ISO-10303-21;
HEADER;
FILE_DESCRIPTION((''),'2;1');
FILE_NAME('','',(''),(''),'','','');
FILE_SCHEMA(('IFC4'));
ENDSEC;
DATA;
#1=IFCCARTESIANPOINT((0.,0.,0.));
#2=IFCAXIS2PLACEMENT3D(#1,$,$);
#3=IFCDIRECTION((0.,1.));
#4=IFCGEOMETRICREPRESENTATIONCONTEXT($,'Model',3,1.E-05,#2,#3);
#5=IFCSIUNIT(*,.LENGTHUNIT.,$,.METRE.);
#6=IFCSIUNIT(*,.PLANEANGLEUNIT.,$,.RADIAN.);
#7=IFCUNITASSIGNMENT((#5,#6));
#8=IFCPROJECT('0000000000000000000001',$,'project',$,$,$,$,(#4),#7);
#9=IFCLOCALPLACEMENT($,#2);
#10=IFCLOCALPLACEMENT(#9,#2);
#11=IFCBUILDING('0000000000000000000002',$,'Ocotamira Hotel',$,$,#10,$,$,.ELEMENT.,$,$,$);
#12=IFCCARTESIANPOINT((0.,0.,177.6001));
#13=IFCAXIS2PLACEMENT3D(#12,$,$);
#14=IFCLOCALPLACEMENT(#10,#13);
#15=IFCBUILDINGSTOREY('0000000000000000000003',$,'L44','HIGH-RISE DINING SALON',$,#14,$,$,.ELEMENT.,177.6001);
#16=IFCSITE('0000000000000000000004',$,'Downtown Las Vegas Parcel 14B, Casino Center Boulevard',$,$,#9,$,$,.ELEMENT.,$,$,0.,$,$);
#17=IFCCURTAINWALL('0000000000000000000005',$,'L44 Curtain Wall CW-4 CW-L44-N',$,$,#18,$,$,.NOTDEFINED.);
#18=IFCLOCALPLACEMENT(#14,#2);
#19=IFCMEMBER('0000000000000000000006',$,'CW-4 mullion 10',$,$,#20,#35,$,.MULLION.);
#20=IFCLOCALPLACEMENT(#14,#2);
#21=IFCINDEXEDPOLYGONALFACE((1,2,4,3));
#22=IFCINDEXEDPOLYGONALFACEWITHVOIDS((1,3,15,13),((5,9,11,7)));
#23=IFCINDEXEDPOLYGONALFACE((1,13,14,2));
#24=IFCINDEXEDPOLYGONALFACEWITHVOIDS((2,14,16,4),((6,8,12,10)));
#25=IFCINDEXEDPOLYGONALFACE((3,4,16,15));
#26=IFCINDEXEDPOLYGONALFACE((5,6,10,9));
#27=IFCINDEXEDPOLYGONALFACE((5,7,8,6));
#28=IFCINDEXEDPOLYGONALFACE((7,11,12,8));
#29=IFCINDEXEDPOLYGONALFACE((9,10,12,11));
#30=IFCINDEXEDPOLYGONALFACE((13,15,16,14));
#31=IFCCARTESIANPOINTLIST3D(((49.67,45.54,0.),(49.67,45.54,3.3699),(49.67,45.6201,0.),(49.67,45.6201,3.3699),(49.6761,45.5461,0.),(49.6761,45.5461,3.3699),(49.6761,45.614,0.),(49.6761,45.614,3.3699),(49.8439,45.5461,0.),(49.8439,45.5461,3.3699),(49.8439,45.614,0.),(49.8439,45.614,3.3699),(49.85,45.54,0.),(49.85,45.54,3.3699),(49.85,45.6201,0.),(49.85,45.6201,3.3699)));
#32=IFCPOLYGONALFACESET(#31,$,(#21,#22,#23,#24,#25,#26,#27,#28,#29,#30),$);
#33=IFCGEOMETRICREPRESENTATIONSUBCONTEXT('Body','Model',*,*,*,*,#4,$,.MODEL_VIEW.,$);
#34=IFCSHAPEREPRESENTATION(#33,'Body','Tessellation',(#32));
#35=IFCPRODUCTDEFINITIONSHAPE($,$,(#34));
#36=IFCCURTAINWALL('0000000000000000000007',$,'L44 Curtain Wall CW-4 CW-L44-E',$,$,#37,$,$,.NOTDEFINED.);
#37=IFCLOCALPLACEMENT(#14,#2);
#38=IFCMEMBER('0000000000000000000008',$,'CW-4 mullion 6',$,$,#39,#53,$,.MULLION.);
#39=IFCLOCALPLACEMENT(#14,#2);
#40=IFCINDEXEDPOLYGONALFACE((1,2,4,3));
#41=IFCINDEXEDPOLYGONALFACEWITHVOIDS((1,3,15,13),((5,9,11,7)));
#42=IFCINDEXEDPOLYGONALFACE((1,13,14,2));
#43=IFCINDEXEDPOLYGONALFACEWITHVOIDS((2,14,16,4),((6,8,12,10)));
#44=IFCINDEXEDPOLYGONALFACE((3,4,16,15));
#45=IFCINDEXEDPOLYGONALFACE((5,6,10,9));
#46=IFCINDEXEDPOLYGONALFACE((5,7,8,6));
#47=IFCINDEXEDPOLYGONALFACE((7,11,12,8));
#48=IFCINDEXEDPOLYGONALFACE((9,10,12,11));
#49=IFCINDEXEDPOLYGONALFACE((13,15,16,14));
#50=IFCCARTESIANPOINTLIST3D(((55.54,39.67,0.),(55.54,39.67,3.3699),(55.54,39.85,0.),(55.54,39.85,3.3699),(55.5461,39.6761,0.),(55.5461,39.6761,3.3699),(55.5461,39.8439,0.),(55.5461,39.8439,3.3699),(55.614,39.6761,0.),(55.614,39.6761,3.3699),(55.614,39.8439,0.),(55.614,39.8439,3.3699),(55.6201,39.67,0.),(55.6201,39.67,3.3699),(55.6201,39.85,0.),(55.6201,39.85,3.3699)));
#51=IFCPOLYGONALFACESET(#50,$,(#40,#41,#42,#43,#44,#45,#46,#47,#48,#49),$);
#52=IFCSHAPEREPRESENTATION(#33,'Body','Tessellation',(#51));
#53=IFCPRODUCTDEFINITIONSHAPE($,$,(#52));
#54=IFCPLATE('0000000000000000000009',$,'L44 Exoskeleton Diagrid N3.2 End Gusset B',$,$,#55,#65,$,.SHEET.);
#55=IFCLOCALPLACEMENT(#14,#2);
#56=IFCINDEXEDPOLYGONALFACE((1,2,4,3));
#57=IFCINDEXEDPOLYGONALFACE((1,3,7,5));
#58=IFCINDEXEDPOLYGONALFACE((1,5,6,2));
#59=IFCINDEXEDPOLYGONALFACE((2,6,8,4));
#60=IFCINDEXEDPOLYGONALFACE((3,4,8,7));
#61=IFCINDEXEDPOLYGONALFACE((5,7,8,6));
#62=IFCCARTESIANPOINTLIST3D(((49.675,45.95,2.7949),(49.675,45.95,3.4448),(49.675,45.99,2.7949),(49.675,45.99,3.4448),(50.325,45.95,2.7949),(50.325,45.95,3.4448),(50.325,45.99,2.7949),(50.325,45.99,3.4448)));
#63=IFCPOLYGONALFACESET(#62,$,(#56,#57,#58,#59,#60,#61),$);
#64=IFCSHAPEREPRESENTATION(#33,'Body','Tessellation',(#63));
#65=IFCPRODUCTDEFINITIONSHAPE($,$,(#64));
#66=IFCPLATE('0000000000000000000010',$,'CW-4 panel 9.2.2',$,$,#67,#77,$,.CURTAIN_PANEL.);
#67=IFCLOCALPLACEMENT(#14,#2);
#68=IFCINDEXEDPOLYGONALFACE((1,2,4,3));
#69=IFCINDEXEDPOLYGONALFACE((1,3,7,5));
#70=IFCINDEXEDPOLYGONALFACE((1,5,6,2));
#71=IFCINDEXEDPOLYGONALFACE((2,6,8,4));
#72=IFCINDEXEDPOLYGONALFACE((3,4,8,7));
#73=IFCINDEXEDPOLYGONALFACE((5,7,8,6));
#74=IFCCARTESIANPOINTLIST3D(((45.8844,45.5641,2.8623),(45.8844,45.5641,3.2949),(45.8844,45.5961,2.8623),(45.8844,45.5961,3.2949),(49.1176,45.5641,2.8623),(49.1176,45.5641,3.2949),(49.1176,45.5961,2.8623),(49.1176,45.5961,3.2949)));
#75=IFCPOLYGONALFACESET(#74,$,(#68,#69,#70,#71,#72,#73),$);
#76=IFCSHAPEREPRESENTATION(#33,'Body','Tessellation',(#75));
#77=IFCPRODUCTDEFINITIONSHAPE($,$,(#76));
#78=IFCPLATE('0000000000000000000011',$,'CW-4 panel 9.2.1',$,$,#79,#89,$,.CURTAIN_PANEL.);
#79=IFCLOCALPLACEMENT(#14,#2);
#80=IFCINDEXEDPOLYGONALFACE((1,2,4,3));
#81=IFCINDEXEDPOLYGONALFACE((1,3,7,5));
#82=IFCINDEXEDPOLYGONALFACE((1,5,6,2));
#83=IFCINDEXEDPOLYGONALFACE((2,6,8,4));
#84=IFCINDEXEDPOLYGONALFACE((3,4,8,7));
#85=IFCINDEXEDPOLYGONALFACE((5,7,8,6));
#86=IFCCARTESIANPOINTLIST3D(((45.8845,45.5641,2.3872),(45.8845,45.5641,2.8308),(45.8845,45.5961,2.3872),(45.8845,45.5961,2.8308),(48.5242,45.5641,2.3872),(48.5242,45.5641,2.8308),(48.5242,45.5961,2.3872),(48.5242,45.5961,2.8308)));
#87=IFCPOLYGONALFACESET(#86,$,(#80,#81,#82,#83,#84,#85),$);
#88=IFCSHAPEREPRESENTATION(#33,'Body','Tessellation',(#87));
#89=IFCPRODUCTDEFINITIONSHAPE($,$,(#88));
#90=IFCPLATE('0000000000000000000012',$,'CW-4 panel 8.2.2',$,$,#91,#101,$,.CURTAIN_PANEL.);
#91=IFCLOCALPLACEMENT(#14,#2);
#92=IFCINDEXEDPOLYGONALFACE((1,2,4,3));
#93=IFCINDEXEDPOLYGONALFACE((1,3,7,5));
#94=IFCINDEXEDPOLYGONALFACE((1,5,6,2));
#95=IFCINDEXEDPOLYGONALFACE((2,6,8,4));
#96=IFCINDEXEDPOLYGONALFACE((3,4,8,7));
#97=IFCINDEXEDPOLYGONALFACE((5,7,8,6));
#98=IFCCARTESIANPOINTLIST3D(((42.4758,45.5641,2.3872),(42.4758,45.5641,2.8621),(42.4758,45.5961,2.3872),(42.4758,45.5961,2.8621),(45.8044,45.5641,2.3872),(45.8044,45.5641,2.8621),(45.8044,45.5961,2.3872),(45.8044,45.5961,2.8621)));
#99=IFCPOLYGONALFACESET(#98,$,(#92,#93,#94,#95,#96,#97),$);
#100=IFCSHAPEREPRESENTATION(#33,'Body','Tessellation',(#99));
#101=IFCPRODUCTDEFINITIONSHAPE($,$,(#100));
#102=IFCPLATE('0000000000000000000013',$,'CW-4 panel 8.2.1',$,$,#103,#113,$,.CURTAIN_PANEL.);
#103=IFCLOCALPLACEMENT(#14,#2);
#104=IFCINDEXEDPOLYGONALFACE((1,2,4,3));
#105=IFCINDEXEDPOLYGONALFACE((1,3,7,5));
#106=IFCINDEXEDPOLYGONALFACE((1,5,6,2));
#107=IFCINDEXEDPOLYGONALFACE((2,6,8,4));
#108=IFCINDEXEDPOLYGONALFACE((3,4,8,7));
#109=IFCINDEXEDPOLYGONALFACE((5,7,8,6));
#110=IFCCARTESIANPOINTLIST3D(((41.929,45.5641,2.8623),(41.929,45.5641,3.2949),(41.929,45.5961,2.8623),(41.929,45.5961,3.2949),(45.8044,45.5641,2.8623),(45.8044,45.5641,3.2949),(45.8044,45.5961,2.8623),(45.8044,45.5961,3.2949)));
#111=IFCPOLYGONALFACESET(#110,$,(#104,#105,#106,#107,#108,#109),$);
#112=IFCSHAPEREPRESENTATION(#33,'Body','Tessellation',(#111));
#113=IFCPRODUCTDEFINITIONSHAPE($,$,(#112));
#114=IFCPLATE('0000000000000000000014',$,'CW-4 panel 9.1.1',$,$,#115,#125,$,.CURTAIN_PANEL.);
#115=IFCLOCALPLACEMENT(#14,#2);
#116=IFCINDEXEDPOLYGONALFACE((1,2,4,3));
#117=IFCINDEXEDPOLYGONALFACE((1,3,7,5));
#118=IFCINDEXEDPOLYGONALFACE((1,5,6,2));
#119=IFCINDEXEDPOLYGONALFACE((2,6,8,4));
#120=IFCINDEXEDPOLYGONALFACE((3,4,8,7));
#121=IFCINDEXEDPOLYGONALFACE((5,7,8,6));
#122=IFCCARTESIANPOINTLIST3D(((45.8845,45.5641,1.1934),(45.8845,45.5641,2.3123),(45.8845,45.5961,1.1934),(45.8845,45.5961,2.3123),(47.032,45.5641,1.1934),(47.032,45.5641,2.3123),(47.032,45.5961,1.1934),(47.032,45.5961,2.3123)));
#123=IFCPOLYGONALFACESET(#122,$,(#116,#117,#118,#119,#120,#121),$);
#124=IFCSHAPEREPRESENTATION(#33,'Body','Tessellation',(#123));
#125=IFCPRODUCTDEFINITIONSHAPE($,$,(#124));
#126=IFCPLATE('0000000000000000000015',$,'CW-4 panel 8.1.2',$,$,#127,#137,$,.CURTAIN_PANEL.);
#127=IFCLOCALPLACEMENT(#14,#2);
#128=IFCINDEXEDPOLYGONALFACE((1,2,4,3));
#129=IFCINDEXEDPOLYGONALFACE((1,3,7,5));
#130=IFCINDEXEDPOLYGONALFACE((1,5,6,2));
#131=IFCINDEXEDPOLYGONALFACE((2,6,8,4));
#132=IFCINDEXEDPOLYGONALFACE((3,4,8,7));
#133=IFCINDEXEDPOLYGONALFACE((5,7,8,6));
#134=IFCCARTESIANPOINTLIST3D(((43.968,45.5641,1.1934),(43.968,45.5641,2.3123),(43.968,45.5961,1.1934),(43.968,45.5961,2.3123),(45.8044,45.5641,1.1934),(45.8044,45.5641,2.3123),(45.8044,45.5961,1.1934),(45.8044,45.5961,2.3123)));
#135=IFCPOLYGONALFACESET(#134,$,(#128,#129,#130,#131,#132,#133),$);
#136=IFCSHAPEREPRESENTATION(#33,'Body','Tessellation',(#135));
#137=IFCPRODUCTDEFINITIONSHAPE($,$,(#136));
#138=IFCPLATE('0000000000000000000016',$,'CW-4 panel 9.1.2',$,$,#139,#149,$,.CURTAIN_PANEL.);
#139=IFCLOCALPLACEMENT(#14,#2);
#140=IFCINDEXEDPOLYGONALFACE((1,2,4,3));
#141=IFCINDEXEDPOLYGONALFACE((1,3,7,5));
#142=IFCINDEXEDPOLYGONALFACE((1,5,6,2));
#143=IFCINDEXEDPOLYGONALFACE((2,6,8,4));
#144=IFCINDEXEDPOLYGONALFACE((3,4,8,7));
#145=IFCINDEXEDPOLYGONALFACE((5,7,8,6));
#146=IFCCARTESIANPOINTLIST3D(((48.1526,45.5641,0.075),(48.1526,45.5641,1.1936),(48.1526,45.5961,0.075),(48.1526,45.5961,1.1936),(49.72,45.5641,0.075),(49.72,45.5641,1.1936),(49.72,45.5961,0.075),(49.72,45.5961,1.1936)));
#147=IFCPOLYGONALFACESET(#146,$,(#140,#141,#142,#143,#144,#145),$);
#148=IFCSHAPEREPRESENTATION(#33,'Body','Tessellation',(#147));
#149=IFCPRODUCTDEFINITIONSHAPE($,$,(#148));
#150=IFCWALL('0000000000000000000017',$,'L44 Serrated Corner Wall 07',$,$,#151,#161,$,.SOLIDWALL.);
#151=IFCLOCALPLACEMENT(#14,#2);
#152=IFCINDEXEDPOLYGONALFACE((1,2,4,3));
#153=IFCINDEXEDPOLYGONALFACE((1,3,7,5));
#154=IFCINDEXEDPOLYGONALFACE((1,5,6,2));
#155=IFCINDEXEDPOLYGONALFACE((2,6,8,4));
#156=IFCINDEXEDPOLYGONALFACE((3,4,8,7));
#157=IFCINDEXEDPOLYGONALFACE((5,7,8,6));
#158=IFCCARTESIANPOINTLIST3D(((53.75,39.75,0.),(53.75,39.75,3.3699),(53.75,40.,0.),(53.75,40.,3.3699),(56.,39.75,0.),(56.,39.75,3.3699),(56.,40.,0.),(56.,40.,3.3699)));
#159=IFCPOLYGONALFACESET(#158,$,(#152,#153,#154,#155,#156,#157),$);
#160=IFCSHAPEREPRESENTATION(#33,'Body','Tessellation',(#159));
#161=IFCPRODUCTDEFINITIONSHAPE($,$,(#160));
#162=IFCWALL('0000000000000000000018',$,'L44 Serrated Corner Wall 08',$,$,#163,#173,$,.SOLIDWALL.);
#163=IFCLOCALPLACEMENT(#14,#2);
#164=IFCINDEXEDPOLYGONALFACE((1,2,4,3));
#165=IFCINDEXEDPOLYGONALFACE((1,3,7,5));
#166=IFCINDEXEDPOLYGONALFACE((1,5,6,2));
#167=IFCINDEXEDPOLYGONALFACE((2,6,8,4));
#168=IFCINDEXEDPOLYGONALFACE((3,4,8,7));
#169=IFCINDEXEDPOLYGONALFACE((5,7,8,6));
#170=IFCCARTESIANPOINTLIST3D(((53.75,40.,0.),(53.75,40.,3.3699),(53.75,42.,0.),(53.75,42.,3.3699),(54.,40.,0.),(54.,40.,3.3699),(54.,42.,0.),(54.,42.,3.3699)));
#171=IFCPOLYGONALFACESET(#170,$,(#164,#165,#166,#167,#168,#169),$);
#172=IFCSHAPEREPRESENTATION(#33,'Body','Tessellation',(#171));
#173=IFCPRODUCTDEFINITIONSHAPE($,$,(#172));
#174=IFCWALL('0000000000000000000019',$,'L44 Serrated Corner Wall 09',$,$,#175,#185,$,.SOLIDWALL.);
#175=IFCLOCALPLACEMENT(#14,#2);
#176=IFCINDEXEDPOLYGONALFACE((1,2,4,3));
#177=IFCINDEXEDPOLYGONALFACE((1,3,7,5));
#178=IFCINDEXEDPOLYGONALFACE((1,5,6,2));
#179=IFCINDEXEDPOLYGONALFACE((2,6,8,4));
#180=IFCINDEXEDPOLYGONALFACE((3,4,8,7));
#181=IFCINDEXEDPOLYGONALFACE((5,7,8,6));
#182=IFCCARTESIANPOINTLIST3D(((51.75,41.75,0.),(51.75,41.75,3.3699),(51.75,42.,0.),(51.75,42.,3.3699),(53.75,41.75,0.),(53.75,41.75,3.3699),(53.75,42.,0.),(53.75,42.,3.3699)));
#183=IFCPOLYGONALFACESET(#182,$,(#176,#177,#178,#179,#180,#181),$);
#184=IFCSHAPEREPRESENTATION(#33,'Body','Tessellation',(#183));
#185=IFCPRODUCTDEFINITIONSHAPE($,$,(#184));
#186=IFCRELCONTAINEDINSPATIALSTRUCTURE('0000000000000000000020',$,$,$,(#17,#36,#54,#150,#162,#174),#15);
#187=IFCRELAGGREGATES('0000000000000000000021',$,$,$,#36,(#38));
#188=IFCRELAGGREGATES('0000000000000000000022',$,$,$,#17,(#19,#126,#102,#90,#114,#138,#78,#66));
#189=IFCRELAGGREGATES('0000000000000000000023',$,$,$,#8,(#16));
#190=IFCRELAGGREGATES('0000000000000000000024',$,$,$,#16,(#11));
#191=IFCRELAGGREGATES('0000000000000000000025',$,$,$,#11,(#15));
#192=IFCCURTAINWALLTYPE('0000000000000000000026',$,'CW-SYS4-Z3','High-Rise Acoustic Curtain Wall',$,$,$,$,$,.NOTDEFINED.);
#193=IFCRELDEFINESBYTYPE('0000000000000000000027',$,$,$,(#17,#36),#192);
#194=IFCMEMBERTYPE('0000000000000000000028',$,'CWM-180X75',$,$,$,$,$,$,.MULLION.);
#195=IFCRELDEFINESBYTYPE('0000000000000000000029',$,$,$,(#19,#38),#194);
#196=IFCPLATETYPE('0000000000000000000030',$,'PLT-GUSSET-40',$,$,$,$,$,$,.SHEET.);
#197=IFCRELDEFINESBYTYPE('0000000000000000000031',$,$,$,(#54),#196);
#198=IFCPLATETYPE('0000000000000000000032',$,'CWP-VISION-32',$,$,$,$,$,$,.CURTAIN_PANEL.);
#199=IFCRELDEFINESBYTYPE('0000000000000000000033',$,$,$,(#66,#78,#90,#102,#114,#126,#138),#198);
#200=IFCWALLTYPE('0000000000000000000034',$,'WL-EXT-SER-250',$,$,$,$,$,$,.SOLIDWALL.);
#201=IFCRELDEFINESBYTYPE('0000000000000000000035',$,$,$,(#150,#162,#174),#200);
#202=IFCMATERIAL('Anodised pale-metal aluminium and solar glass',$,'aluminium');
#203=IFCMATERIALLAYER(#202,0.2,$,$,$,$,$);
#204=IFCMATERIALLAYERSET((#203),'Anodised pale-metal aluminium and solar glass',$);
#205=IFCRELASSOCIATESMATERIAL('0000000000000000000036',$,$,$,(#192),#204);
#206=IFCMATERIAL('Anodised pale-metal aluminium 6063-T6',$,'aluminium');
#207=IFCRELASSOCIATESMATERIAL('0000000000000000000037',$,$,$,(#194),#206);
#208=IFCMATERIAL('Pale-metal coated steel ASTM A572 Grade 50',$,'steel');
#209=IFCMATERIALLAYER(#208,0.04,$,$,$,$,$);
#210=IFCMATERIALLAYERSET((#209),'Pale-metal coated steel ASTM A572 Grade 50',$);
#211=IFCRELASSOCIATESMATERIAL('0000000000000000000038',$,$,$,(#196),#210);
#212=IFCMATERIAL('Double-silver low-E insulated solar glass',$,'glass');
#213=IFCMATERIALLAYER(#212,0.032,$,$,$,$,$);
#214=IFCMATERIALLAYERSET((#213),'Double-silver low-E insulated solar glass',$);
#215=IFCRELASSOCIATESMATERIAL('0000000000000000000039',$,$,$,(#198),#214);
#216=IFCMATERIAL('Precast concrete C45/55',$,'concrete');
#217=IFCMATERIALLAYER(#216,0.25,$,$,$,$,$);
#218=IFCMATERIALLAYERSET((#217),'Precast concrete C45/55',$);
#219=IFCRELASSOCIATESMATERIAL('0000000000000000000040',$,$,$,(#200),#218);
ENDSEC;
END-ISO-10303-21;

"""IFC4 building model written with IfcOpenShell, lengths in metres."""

from ifc_helpers import new_model, si_unit, direction, frame, frame_2d, origin, origin_2d, place, context, subcontext, project, spatial, rectangle, hollow_rectangle, extrude, source, transform, mapped, material, layer, layer_set, material_profile, profile_set, type_object, element, aggregate, save


model = new_model("IFC4")

# Units and contexts
model_context = context("Model", 3, precision=1e-05, world=origin(), true_north=direction((0.0, 1.0)))
body_context = subcontext(model_context, "Body", "Model", "MODEL_VIEW")
ifc_project = project(units=[si_unit("LENGTHUNIT", "METRE"), si_unit("PLANEANGLEUNIT", "RADIAN")], contexts=[model_context])

# Site, building, storey
site_placement = place(None, origin())
site = spatial("IfcSite", under=ifc_project, at=site_placement, Name="Downtown Las Vegas Parcel 14B, Casino Center Boulevard", CompositionType="ELEMENT", RefElevation=0.0)
building_placement = place(site_placement, origin())
building = spatial("IfcBuilding", under=site, at=building_placement, Name="Ocotamira Hotel", CompositionType="ELEMENT")
storey_placement = place(building_placement, frame((0.0, 0.0, 177.6001)))
storey = spatial("IfcBuildingStorey", under=building, at=storey_placement, Name="L44", Description="HIGH-RISE DINING SALON", CompositionType="ELEMENT", Elevation=177.6001)

# Curtain wall, member
ifc_material_1 = material(Name="Anodised pale-metal aluminium and solar glass", Category="aluminium")
ifc_layer_1 = layer(ifc_material_1, 0.2)
ifc_layer_set_1 = layer_set([ifc_layer_1], Name="Anodised pale-metal aluminium and solar glass")
curtain_wall_type = type_object("IfcCurtainWallType", Name="CW-SYS4-Z3", Description="High-Rise Acoustic Curtain Wall", PredefinedType="NOTDEFINED", material=ifc_layer_set_1)
curtain_wall_1_placement = place(storey_placement, origin())
curtain_wall_1 = element("IfcCurtainWall", 1, at=curtain_wall_1_placement, inside=storey, type_object=curtain_wall_type, Name="L44 Curtain Wall CW-4 CW-L44-N", PredefinedType="NOTDEFINED")
ifc_material_2 = material(Name="Anodised pale-metal aluminium 6063-T6", Category="aluminium")
ifc_material_profile_1 = material_profile(ifc_material_2, hollow_rectangle(XDim=0.0801, YDim=0.1799, WallThickness=0.0061, at=origin_2d()), Name="HSS180X80X6")
ifc_profile_set_1 = profile_set([ifc_material_profile_1], Name="Anodised pale-metal aluminium 6063-T6")
member_type_1 = type_object("IfcMemberType", Name="CWM-180X75", PredefinedType="MULLION", material=ifc_profile_set_1)
shared_shape_1 = source(origin(), body_context, "Body", "SweptSolid", [
    extrude(hollow_rectangle(XDim=0.0801, YDim=0.1799, WallThickness=0.0061, at=origin_2d()), origin(), (0.0, 0.0, 1.0), 3.3699),
])
member_1_placement = place(storey_placement, frame((49.76, 45.5801, 0.0), z_axis=(0.0, 0.0, 1.0), x_axis=(0.0, 1.0, 0.0)))
member_1 = element("IfcMember", 2, at=member_1_placement, type_object=member_type_1, Name="CW-4 mullion 10", PredefinedType="MULLION", context=body_context, shape_type="MappedRepresentation", body=[
    mapped(shared_shape_1, transform((0.0, 0.0, 0.0), scale=1.0)),
])

# Curtain wall, member
curtain_wall_2_placement = place(storey_placement, origin())
curtain_wall_2 = element("IfcCurtainWall", 3, at=curtain_wall_2_placement, inside=storey, type_object=curtain_wall_type, Name="L44 Curtain Wall CW-4 CW-L44-E", PredefinedType="NOTDEFINED")
member_2_placement = place(storey_placement, frame((55.5801, 39.76, 0.0), z_axis=(0.0, 0.0, 1.0), x_axis=(-1.0, 0.0, 0.0)))
member_2 = element("IfcMember", 4, at=member_2_placement, type_object=member_type_1, Name="CW-4 mullion 6", PredefinedType="MULLION", context=body_context, shape_type="MappedRepresentation", body=[
    mapped(shared_shape_1, transform((0.0, 0.0, 0.0), scale=1.0)),
])
aggregate(curtain_wall_2, [member_2])

# Plates
ifc_material_3 = material(Name="Pale-metal coated steel ASTM A572 Grade 50", Category="steel")
ifc_layer_2 = layer(ifc_material_3, 0.04)
ifc_layer_set_2 = layer_set([ifc_layer_2], Name="Pale-metal coated steel ASTM A572 Grade 50")
plate_type_1 = type_object("IfcPlateType", Name="PLT-GUSSET-40", PredefinedType="SHEET", material=ifc_layer_set_2)
shared_shape_2 = source(origin(), body_context, "Body", "SweptSolid", [
    extrude(rectangle(XDim=0.6499, YDim=0.04, at=origin_2d()), origin(), (0.0, 0.0, 1.0), 0.6499),
])
plate_1_placement = place(storey_placement, frame((50.0, 45.97, 2.7949), z_axis=(0.0, 0.0, 1.0), x_axis=(1.0, 0.0, 0.0)))
element("IfcPlate", 5, at=plate_1_placement, inside=storey, type_object=plate_type_1, Name="L44 Exoskeleton Diagrid N3.2 End Gusset B", PredefinedType="SHEET", context=body_context, shape_type="MappedRepresentation", body=[
    mapped(shared_shape_2, transform((0.0, 0.0, 0.0), scale=1.0)),
])
ifc_material_4 = material(Name="Double-silver low-E insulated solar glass", Category="glass")
ifc_layer_3 = layer(ifc_material_4, 0.032)
ifc_layer_set_3 = layer_set([ifc_layer_3], Name="Double-silver low-E insulated solar glass")
plate_type_2 = type_object("IfcPlateType", Name="CWP-VISION-32", PredefinedType="CURTAIN_PANEL", material=ifc_layer_set_3)
shared_shape_3 = source(origin(), body_context, "Body", "SweptSolid", [
    extrude(rectangle(XDim=3.2332, YDim=0.032, at=origin_2d()), origin(), (0.0, 0.0, 1.0), 0.4326),
])
plate_2_placement = place(storey_placement, frame((47.501, 45.5801, 2.8623), z_axis=(0.0, 0.0, 1.0), x_axis=(1.0, 0.0, 0.0)))
plate_2 = element("IfcPlate", 6, at=plate_2_placement, type_object=plate_type_2, Name="CW-4 panel 9.2.2", PredefinedType="CURTAIN_PANEL", context=body_context, shape_type="MappedRepresentation", body=[
    mapped(shared_shape_3, transform((0.0, 0.0, 0.0), scale=1.0)),
])
shared_shape_4 = source(origin(), body_context, "Body", "SweptSolid", [
    extrude(rectangle(XDim=2.6396, YDim=0.032, at=origin_2d()), origin(), (0.0, 0.0, 1.0), 0.4436),
])
plate_3_placement = place(storey_placement, frame((47.2043, 45.5801, 2.3872), z_axis=(0.0, 0.0, 1.0), x_axis=(1.0, 0.0, 0.0)))
plate_3 = element("IfcPlate", 7, at=plate_3_placement, type_object=plate_type_2, Name="CW-4 panel 9.2.1", PredefinedType="CURTAIN_PANEL", context=body_context, shape_type="MappedRepresentation", body=[
    mapped(shared_shape_4, transform((0.0, 0.0, 0.0), scale=1.0)),
])
shared_shape_5 = source(origin(), body_context, "Body", "SweptSolid", [
    extrude(rectangle(XDim=3.3286, YDim=0.032, at=origin_2d()), origin(), (0.0, 0.0, 1.0), 0.4749),
])
plate_4_placement = place(storey_placement, frame((44.1401, 45.5801, 2.3872), z_axis=(0.0, 0.0, 1.0), x_axis=(1.0, 0.0, 0.0)))
plate_4 = element("IfcPlate", 8, at=plate_4_placement, type_object=plate_type_2, Name="CW-4 panel 8.2.2", PredefinedType="CURTAIN_PANEL", context=body_context, shape_type="MappedRepresentation", body=[
    mapped(shared_shape_5, transform((0.0, 0.0, 0.0), scale=1.0)),
])
shared_shape_6 = source(origin(), body_context, "Body", "SweptSolid", [
    extrude(rectangle(XDim=3.8755, YDim=0.032, at=origin_2d()), origin(), (0.0, 0.0, 1.0), 0.4326),
])
plate_5_placement = place(storey_placement, frame((43.8667, 45.5801, 2.8623), z_axis=(0.0, 0.0, 1.0), x_axis=(1.0, 0.0, 0.0)))
plate_5 = element("IfcPlate", 9, at=plate_5_placement, type_object=plate_type_2, Name="CW-4 panel 8.2.1", PredefinedType="CURTAIN_PANEL", context=body_context, shape_type="MappedRepresentation", body=[
    mapped(shared_shape_6, transform((0.0, 0.0, 0.0), scale=1.0)),
])
shared_shape_7 = source(origin(), body_context, "Body", "SweptSolid", [
    extrude(rectangle(XDim=1.1475, YDim=0.032, at=origin_2d()), origin(), (0.0, 0.0, 1.0), 1.1189),
])
plate_6_placement = place(storey_placement, frame((46.4583, 45.5801, 1.1934), z_axis=(0.0, 0.0, 1.0), x_axis=(1.0, 0.0, 0.0)))
plate_6 = element("IfcPlate", 10, at=plate_6_placement, type_object=plate_type_2, Name="CW-4 panel 9.1.1", PredefinedType="CURTAIN_PANEL", context=body_context, shape_type="MappedRepresentation", body=[
    mapped(shared_shape_7, transform((0.0, 0.0, 0.0), scale=1.0)),
])
shared_shape_8 = source(origin(), body_context, "Body", "SweptSolid", [
    extrude(rectangle(XDim=1.8364, YDim=0.032, at=origin_2d()), origin(), (0.0, 0.0, 1.0), 1.1189),
])
plate_7_placement = place(storey_placement, frame((44.8862, 45.5801, 1.1934), z_axis=(0.0, 0.0, 1.0), x_axis=(1.0, 0.0, 0.0)))
plate_7 = element("IfcPlate", 11, at=plate_7_placement, type_object=plate_type_2, Name="CW-4 panel 8.1.2", PredefinedType="CURTAIN_PANEL", context=body_context, shape_type="MappedRepresentation", body=[
    mapped(shared_shape_8, transform((0.0, 0.0, 0.0), scale=1.0)),
])
shared_shape_9 = source(origin(), body_context, "Body", "SweptSolid", [
    extrude(rectangle(XDim=1.5674, YDim=0.032, at=origin_2d()), origin(), (0.0, 0.0, 1.0), 1.1187),
])
plate_8_placement = place(storey_placement, frame((48.9363, 45.5801, 0.075), z_axis=(0.0, 0.0, 1.0), x_axis=(1.0, 0.0, 0.0)))
plate_8 = element("IfcPlate", 12, at=plate_8_placement, type_object=plate_type_2, Name="CW-4 panel 9.1.2", PredefinedType="CURTAIN_PANEL", context=body_context, shape_type="MappedRepresentation", body=[
    mapped(shared_shape_9, transform((0.0, 0.0, 0.0), scale=1.0)),
])
aggregate(curtain_wall_1, [member_1, plate_7, plate_5, plate_4, plate_6, plate_8, plate_3, plate_2])

# Walls
ifc_material_5 = material(Name="Precast concrete C45/55", Category="concrete")
ifc_layer_4 = layer(ifc_material_5, 0.25)
ifc_layer_set_4 = layer_set([ifc_layer_4], Name="Precast concrete C45/55")
wall_type_1 = type_object("IfcWallType", Name="WL-EXT-SER-250", PredefinedType="SOLIDWALL", material=ifc_layer_set_4)
wall_1_placement = place(storey_placement, frame((56.0, 39.875, 0.0), z_axis=(0.0, 0.0, 1.0), x_axis=(-1.0, 0.0, 0.0)))
element("IfcWall", 13, at=wall_1_placement, inside=storey, type_object=wall_type_1, Name="L44 Serrated Corner Wall 07", PredefinedType="SOLIDWALL", context=body_context, shape_type="SweptSolid", body=[
    extrude(rectangle(XDim=2.25, YDim=0.25, at=frame_2d((1.125, 0.0))), origin(), (0.0, 0.0, 1.0), 3.3699),
])
for number, where, z_axis, x_axis, name in (
    (14, (53.875, 40.0, 0.0), (0.0, 0.0, 1.0), (0.0, 1.0, 0.0), "L44 Serrated Corner Wall 08"),
    (15, (53.75, 41.875, 0.0), (0.0, 0.0, 1.0), (-1.0, 0.0, 0.0), "L44 Serrated Corner Wall 09"),
):
    element("IfcWall", number, at=place(storey_placement, frame(where, z_axis=z_axis, x_axis=x_axis)), inside=storey, type_object=wall_type_1, Name=name, PredefinedType="SOLIDWALL", context=body_context, shape_type="SweptSolid", body=[
        extrude(rectangle(XDim=2.0, YDim=0.25, at=frame_2d((1.0, 0.0))), origin(), (0.0, 0.0, 1.0), 3.3699),
    ])

save(model, "model.ifc")
